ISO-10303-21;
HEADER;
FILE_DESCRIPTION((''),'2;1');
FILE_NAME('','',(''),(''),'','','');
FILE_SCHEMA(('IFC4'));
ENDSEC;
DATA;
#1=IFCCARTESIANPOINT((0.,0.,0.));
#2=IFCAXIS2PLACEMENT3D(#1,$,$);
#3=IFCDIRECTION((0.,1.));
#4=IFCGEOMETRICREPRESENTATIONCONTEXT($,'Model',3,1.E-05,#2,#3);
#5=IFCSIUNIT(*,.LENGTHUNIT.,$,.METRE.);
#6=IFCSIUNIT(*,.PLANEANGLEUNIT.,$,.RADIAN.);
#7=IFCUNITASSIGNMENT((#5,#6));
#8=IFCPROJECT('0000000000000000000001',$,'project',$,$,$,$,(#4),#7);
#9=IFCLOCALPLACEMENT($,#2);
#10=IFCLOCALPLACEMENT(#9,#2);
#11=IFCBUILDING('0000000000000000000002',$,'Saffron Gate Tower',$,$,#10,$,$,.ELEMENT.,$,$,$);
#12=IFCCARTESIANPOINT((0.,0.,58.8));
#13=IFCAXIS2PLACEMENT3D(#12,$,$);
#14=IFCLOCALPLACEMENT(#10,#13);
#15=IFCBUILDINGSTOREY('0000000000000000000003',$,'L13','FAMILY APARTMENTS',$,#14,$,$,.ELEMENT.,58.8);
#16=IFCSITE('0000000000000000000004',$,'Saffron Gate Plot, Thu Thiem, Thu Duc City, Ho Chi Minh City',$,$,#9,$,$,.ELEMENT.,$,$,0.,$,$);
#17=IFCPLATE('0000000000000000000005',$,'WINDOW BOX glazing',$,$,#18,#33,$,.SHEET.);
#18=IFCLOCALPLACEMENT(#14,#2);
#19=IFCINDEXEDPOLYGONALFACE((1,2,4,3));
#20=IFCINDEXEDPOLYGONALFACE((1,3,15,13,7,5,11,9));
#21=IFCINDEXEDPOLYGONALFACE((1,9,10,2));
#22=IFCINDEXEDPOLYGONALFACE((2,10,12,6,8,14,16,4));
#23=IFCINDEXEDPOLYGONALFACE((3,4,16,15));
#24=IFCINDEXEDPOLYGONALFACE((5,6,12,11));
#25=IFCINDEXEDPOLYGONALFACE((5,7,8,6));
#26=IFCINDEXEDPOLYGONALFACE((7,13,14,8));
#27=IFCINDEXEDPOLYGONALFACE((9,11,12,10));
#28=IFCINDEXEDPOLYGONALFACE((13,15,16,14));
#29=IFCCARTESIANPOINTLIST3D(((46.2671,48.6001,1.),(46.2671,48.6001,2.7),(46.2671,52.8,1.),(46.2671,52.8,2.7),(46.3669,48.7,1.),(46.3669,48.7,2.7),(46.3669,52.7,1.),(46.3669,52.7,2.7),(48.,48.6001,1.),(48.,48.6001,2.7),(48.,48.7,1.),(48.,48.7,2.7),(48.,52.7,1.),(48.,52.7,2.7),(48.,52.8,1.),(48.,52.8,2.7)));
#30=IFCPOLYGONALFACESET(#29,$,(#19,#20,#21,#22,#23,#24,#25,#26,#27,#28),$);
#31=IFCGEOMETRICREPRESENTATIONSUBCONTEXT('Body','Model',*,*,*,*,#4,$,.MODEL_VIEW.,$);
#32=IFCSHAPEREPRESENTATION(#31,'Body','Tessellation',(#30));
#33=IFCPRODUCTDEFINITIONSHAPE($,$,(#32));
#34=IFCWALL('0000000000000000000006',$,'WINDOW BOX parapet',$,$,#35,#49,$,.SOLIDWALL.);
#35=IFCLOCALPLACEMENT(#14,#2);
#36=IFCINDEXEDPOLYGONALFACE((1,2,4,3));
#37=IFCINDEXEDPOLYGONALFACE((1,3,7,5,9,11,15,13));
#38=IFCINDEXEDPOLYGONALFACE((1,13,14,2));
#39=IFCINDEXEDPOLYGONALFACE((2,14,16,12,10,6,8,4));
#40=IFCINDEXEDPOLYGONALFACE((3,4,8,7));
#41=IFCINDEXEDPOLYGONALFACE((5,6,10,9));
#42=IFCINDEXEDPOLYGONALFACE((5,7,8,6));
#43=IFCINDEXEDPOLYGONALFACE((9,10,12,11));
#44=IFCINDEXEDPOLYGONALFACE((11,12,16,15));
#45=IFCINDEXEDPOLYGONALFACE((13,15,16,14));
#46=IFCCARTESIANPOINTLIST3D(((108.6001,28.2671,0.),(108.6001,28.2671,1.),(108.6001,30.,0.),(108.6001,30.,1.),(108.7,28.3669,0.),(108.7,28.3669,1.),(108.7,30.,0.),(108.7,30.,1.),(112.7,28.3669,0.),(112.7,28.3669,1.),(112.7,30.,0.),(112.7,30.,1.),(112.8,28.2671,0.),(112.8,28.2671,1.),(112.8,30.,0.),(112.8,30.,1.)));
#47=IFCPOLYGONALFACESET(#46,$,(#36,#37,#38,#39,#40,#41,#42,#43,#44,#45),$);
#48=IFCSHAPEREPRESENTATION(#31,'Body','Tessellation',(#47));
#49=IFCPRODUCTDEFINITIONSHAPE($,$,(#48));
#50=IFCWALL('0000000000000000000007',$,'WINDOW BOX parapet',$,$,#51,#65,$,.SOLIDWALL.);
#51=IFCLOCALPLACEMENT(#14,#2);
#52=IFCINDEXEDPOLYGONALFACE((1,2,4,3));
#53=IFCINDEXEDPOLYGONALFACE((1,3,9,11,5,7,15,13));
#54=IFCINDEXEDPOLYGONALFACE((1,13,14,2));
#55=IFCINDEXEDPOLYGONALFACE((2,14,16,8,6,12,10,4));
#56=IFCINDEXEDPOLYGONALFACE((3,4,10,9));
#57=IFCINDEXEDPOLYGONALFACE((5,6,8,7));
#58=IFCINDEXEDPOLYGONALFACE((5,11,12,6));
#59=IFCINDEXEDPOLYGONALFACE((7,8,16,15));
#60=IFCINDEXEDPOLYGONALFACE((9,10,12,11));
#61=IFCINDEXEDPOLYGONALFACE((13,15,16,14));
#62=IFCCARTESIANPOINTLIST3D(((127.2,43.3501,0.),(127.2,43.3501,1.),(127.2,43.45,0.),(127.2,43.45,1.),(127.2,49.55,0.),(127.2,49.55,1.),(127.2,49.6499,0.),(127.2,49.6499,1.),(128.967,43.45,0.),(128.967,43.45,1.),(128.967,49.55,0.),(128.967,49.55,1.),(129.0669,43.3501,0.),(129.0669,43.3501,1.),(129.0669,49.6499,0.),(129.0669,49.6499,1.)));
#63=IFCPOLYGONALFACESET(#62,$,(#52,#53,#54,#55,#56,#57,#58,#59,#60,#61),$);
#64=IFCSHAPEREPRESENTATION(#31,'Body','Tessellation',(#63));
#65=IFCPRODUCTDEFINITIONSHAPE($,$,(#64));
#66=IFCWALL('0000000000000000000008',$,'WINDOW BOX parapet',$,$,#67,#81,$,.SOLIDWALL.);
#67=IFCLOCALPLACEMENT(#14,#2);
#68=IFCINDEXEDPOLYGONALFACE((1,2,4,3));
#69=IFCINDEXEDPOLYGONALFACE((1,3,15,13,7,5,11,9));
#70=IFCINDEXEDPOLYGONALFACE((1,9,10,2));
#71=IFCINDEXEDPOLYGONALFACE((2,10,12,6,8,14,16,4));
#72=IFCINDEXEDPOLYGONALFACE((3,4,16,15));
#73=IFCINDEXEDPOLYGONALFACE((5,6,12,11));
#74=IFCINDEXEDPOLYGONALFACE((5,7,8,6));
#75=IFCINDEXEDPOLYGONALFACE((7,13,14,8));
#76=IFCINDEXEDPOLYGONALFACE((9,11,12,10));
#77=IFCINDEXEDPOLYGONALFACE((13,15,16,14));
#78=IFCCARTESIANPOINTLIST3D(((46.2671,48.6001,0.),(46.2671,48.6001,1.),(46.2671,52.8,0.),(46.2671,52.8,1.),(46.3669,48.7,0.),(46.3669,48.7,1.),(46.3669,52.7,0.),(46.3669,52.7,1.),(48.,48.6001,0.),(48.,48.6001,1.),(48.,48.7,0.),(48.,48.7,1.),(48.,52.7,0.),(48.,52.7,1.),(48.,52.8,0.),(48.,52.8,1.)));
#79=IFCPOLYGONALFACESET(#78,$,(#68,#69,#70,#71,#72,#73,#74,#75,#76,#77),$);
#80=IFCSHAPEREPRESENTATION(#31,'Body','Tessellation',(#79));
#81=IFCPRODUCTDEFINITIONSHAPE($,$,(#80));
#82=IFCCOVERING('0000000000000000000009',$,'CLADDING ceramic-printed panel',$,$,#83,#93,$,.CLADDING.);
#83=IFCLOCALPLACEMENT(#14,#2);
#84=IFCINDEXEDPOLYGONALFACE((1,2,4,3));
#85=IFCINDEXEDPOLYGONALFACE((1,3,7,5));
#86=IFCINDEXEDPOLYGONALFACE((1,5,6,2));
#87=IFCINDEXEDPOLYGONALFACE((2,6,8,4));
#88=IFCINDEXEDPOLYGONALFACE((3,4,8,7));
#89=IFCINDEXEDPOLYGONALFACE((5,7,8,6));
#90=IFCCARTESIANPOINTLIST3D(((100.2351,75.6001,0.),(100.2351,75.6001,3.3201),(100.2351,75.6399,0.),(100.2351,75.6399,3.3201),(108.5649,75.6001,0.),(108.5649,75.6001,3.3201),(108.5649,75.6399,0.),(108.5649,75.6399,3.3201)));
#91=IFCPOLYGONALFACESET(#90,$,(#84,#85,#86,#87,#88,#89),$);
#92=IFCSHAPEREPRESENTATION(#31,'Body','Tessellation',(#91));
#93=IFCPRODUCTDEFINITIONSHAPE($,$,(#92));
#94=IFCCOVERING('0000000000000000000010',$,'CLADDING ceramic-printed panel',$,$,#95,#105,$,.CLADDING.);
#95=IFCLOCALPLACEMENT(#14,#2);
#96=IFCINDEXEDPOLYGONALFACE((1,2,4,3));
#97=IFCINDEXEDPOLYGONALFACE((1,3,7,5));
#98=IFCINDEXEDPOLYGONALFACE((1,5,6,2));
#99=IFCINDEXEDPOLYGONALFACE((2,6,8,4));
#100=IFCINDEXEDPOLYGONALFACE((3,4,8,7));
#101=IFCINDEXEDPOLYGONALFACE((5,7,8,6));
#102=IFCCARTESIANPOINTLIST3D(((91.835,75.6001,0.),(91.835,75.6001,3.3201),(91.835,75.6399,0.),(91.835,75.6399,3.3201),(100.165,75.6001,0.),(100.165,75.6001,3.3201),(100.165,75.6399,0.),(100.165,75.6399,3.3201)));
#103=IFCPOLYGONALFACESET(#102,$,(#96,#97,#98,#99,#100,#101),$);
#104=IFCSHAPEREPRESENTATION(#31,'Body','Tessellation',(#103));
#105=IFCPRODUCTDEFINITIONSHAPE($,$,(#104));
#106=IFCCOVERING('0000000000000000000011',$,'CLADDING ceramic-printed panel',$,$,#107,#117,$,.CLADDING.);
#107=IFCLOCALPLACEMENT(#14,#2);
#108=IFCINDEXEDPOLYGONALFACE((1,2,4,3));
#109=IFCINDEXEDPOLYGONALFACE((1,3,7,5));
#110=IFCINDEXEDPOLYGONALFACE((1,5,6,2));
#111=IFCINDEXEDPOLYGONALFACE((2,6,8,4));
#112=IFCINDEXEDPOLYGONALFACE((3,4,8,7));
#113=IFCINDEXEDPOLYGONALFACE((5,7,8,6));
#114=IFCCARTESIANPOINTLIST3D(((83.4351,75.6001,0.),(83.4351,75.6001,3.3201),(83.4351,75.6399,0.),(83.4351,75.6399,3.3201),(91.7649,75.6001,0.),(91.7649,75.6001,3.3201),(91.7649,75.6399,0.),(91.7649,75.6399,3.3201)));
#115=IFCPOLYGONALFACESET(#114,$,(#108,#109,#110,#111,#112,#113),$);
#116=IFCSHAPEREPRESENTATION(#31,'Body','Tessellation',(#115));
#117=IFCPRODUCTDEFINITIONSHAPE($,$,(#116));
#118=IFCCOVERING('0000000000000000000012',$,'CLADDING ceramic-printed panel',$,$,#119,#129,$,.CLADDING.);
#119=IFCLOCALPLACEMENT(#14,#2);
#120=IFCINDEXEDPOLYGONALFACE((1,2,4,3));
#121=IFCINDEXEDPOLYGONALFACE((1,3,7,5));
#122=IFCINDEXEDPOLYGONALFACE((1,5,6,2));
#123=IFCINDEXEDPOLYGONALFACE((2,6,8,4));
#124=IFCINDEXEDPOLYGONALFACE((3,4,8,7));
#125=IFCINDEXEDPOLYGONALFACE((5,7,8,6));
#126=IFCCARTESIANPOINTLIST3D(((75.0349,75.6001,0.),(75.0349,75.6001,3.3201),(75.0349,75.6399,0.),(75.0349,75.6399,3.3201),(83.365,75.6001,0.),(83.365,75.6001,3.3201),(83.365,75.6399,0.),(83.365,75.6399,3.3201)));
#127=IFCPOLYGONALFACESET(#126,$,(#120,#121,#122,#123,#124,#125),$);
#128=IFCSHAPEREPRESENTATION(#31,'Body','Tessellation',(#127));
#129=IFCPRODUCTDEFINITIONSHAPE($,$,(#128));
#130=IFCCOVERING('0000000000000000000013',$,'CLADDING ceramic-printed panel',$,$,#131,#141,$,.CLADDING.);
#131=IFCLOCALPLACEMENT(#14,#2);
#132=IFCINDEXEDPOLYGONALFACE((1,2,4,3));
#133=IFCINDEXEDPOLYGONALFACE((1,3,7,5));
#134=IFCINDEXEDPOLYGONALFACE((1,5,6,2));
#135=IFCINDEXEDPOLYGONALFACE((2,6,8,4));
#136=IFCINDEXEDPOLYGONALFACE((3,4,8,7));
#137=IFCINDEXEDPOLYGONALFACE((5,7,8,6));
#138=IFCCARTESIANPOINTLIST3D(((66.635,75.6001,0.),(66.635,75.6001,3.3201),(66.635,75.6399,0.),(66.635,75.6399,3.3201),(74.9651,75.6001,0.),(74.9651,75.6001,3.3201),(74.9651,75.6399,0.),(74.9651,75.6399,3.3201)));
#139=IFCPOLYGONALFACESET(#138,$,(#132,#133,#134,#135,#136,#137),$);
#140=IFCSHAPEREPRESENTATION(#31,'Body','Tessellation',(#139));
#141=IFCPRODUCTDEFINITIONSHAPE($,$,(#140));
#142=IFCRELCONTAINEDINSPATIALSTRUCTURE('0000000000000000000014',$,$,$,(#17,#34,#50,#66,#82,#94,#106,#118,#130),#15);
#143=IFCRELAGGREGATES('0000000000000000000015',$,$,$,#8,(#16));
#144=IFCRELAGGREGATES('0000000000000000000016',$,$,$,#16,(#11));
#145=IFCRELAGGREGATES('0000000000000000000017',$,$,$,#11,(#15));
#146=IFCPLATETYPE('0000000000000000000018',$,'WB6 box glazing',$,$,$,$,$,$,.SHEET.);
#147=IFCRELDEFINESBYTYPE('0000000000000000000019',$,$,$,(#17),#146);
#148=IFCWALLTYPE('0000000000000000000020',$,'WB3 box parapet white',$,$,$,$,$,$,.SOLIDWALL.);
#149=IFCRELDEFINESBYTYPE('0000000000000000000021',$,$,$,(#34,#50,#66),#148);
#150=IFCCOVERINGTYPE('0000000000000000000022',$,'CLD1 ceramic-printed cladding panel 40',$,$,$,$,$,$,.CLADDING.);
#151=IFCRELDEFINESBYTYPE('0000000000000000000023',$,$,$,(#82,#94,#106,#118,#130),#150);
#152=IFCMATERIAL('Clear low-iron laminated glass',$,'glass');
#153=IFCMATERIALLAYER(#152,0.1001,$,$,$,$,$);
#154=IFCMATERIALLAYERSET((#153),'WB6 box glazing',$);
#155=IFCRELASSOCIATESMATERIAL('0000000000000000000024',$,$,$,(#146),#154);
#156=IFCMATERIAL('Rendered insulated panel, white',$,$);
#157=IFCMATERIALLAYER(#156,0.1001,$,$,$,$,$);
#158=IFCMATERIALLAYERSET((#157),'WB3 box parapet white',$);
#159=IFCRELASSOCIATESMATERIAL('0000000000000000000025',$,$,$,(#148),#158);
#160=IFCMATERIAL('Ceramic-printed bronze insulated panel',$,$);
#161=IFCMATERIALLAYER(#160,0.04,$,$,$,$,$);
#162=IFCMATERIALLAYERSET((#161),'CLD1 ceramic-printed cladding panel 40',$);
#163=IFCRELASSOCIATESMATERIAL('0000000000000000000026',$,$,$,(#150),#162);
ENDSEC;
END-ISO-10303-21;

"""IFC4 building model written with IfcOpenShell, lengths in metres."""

from ifc_helpers import new_model, si_unit, direction, frame, origin, place, context, subcontext, project, spatial, polyline, outline, extrude, material, layer, layer_set, type_object, element, save


model = new_model("IFC4")

# Units and contexts
model_context = context("Model", 3, precision=1e-05, world=origin(), true_north=direction((0.0, 1.0)))
body_context = subcontext(model_context, "Body", "Model", "MODEL_VIEW")
ifc_project = project(units=[si_unit("LENGTHUNIT", "METRE"), si_unit("PLANEANGLEUNIT", "RADIAN")], contexts=[model_context])

# Site, building, storey
site_placement = place(None, origin())
site = spatial("IfcSite", under=ifc_project, at=site_placement, Name="Saffron Gate Plot, Thu Thiem, Thu Duc City, Ho Chi Minh City", CompositionType="ELEMENT", RefElevation=0.0)
building_placement = place(site_placement, origin())
building = spatial("IfcBuilding", under=site, at=building_placement, Name="Saffron Gate Tower", CompositionType="ELEMENT")
storey_placement = place(building_placement, frame((0.0, 0.0, 58.8)))
storey = spatial("IfcBuildingStorey", under=building, at=storey_placement, Name="L13", Description="FAMILY APARTMENTS", CompositionType="ELEMENT", Elevation=58.8)

# Plate
ifc_material_1 = material(Name="Clear low-iron laminated glass", Category="glass")
ifc_layer_1 = layer(ifc_material_1, 0.1001)
ifc_layer_set_1 = layer_set([ifc_layer_1], Name="WB6 box glazing")
plate_type_1 = type_object("IfcPlateType", Name="WB6 box glazing", PredefinedType="SHEET", material=ifc_layer_set_1)
plate_1_placement = place(storey_placement, frame((0.0, 0.0, 1.0)))
element("IfcPlate", 1, at=plate_1_placement, inside=storey, type_object=plate_type_1, Name="WINDOW BOX glazing", PredefinedType="SHEET", context=body_context, shape_type="SweptSolid", body=[
    extrude(outline(polyline([(48.0, 52.8), (48.0, 52.7), (46.3669, 52.7), (46.3669, 48.7), (48.0, 48.7), (48.0, 48.6001), (46.2671, 48.6001), (46.2671, 52.8), (48.0, 52.8)])), origin(), (0.0, 0.0, 1.0), 1.7),
])

# Walls
ifc_material_2 = material(Name="Rendered insulated panel, white")
ifc_layer_2 = layer(ifc_material_2, 0.1001)
ifc_layer_set_2 = layer_set([ifc_layer_2], Name="WB3 box parapet white")
wall_type = type_object("IfcWallType", Name="WB3 box parapet white", PredefinedType="SOLIDWALL", material=ifc_layer_set_2)
wall_1_placement = place(storey_placement, origin())
element("IfcWall", 2, at=wall_1_placement, inside=storey, type_object=wall_type, Name="WINDOW BOX parapet", PredefinedType="SOLIDWALL", context=body_context, shape_type="SweptSolid", body=[
    extrude(outline(polyline([(108.6001, 30.0), (108.7, 30.0), (108.7, 28.3669), (112.7, 28.3669), (112.7, 30.0), (112.8, 30.0), (112.8, 28.2671), (108.6001, 28.2671), (108.6001, 30.0)])), origin(), (0.0, 0.0, 1.0), 1.0),
])
wall_2_placement = place(storey_placement, origin())
element("IfcWall", 3, at=wall_2_placement, inside=storey, type_object=wall_type, Name="WINDOW BOX parapet", PredefinedType="SOLIDWALL", context=body_context, shape_type="SweptSolid", body=[
    extrude(outline(polyline([(127.2, 43.3501), (127.2, 43.45), (128.967, 43.45), (128.967, 49.55), (127.2, 49.55), (127.2, 49.6499), (129.0669, 49.6499), (129.0669, 43.3501), (127.2, 43.3501)])), origin(), (0.0, 0.0, 1.0), 1.0),
])
wall_3_placement = place(storey_placement, origin())
element("IfcWall", 4, at=wall_3_placement, inside=storey, type_object=wall_type, Name="WINDOW BOX parapet", PredefinedType="SOLIDWALL", context=body_context, shape_type="SweptSolid", body=[
    extrude(outline(polyline([(48.0, 52.8), (48.0, 52.7), (46.3669, 52.7), (46.3669, 48.7), (48.0, 48.7), (48.0, 48.6001), (46.2671, 48.6001), (46.2671, 52.8), (48.0, 52.8)])), origin(), (0.0, 0.0, 1.0), 1.0),
])

# Coverings
ifc_material_3 = material(Name="Ceramic-printed bronze insulated panel")
ifc_layer_3 = layer(ifc_material_3, 0.04)
ifc_layer_set_3 = layer_set([ifc_layer_3], Name="CLD1 ceramic-printed cladding panel 40")
covering_type = type_object("IfcCoveringType", Name="CLD1 ceramic-printed cladding panel 40", PredefinedType="CLADDING", material=ifc_layer_set_3)
covering_1_placement = place(storey_placement, origin())
element("IfcCovering", 5, at=covering_1_placement, inside=storey, type_object=covering_type, Name="CLADDING ceramic-printed panel", PredefinedType="CLADDING", context=body_context, shape_type="SweptSolid", body=[
    extrude(outline(polyline([(108.5649, 75.6399), (100.2351, 75.6399), (100.2351, 75.6001), (108.5649, 75.6001), (108.5649, 75.6399)])), origin(), (0.0, 0.0, 1.0), 3.3201),
])
covering_2_placement = place(storey_placement, origin())
element("IfcCovering", 6, at=covering_2_placement, inside=storey, type_object=covering_type, Name="CLADDING ceramic-printed panel", PredefinedType="CLADDING", context=body_context, shape_type="SweptSolid", body=[
    extrude(outline(polyline([(100.165, 75.6399), (91.835, 75.6399), (91.835, 75.6001), (100.165, 75.6001), (100.165, 75.6399)])), origin(), (0.0, 0.0, 1.0), 3.3201),
])
covering_3_placement = place(storey_placement, origin())
element("IfcCovering", 7, at=covering_3_placement, inside=storey, type_object=covering_type, Name="CLADDING ceramic-printed panel", PredefinedType="CLADDING", context=body_context, shape_type="SweptSolid", body=[
    extrude(outline(polyline([(91.7649, 75.6399), (83.4351, 75.6399), (83.4351, 75.6001), (91.7649, 75.6001), (91.7649, 75.6399)])), origin(), (0.0, 0.0, 1.0), 3.3201),
])
covering_4_placement = place(storey_placement, origin())
element("IfcCovering", 8, at=covering_4_placement, inside=storey, type_object=covering_type, Name="CLADDING ceramic-printed panel", PredefinedType="CLADDING", context=body_context, shape_type="SweptSolid", body=[
    extrude(outline(polyline([(83.365, 75.6399), (75.0349, 75.6399), (75.0349, 75.6001), (83.365, 75.6001), (83.365, 75.6399)])), origin(), (0.0, 0.0, 1.0), 3.3201),
])
covering_5_placement = place(storey_placement, origin())
element("IfcCovering", 9, at=covering_5_placement, inside=storey, type_object=covering_type, Name="CLADDING ceramic-printed panel", PredefinedType="CLADDING", context=body_context, shape_type="SweptSolid", body=[
    extrude(outline(polyline([(74.9651, 75.6399), (66.635, 75.6399), (66.635, 75.6001), (74.9651, 75.6001), (74.9651, 75.6399)])), origin(), (0.0, 0.0, 1.0), 3.3201),
])

save(model, "model.ifc")
